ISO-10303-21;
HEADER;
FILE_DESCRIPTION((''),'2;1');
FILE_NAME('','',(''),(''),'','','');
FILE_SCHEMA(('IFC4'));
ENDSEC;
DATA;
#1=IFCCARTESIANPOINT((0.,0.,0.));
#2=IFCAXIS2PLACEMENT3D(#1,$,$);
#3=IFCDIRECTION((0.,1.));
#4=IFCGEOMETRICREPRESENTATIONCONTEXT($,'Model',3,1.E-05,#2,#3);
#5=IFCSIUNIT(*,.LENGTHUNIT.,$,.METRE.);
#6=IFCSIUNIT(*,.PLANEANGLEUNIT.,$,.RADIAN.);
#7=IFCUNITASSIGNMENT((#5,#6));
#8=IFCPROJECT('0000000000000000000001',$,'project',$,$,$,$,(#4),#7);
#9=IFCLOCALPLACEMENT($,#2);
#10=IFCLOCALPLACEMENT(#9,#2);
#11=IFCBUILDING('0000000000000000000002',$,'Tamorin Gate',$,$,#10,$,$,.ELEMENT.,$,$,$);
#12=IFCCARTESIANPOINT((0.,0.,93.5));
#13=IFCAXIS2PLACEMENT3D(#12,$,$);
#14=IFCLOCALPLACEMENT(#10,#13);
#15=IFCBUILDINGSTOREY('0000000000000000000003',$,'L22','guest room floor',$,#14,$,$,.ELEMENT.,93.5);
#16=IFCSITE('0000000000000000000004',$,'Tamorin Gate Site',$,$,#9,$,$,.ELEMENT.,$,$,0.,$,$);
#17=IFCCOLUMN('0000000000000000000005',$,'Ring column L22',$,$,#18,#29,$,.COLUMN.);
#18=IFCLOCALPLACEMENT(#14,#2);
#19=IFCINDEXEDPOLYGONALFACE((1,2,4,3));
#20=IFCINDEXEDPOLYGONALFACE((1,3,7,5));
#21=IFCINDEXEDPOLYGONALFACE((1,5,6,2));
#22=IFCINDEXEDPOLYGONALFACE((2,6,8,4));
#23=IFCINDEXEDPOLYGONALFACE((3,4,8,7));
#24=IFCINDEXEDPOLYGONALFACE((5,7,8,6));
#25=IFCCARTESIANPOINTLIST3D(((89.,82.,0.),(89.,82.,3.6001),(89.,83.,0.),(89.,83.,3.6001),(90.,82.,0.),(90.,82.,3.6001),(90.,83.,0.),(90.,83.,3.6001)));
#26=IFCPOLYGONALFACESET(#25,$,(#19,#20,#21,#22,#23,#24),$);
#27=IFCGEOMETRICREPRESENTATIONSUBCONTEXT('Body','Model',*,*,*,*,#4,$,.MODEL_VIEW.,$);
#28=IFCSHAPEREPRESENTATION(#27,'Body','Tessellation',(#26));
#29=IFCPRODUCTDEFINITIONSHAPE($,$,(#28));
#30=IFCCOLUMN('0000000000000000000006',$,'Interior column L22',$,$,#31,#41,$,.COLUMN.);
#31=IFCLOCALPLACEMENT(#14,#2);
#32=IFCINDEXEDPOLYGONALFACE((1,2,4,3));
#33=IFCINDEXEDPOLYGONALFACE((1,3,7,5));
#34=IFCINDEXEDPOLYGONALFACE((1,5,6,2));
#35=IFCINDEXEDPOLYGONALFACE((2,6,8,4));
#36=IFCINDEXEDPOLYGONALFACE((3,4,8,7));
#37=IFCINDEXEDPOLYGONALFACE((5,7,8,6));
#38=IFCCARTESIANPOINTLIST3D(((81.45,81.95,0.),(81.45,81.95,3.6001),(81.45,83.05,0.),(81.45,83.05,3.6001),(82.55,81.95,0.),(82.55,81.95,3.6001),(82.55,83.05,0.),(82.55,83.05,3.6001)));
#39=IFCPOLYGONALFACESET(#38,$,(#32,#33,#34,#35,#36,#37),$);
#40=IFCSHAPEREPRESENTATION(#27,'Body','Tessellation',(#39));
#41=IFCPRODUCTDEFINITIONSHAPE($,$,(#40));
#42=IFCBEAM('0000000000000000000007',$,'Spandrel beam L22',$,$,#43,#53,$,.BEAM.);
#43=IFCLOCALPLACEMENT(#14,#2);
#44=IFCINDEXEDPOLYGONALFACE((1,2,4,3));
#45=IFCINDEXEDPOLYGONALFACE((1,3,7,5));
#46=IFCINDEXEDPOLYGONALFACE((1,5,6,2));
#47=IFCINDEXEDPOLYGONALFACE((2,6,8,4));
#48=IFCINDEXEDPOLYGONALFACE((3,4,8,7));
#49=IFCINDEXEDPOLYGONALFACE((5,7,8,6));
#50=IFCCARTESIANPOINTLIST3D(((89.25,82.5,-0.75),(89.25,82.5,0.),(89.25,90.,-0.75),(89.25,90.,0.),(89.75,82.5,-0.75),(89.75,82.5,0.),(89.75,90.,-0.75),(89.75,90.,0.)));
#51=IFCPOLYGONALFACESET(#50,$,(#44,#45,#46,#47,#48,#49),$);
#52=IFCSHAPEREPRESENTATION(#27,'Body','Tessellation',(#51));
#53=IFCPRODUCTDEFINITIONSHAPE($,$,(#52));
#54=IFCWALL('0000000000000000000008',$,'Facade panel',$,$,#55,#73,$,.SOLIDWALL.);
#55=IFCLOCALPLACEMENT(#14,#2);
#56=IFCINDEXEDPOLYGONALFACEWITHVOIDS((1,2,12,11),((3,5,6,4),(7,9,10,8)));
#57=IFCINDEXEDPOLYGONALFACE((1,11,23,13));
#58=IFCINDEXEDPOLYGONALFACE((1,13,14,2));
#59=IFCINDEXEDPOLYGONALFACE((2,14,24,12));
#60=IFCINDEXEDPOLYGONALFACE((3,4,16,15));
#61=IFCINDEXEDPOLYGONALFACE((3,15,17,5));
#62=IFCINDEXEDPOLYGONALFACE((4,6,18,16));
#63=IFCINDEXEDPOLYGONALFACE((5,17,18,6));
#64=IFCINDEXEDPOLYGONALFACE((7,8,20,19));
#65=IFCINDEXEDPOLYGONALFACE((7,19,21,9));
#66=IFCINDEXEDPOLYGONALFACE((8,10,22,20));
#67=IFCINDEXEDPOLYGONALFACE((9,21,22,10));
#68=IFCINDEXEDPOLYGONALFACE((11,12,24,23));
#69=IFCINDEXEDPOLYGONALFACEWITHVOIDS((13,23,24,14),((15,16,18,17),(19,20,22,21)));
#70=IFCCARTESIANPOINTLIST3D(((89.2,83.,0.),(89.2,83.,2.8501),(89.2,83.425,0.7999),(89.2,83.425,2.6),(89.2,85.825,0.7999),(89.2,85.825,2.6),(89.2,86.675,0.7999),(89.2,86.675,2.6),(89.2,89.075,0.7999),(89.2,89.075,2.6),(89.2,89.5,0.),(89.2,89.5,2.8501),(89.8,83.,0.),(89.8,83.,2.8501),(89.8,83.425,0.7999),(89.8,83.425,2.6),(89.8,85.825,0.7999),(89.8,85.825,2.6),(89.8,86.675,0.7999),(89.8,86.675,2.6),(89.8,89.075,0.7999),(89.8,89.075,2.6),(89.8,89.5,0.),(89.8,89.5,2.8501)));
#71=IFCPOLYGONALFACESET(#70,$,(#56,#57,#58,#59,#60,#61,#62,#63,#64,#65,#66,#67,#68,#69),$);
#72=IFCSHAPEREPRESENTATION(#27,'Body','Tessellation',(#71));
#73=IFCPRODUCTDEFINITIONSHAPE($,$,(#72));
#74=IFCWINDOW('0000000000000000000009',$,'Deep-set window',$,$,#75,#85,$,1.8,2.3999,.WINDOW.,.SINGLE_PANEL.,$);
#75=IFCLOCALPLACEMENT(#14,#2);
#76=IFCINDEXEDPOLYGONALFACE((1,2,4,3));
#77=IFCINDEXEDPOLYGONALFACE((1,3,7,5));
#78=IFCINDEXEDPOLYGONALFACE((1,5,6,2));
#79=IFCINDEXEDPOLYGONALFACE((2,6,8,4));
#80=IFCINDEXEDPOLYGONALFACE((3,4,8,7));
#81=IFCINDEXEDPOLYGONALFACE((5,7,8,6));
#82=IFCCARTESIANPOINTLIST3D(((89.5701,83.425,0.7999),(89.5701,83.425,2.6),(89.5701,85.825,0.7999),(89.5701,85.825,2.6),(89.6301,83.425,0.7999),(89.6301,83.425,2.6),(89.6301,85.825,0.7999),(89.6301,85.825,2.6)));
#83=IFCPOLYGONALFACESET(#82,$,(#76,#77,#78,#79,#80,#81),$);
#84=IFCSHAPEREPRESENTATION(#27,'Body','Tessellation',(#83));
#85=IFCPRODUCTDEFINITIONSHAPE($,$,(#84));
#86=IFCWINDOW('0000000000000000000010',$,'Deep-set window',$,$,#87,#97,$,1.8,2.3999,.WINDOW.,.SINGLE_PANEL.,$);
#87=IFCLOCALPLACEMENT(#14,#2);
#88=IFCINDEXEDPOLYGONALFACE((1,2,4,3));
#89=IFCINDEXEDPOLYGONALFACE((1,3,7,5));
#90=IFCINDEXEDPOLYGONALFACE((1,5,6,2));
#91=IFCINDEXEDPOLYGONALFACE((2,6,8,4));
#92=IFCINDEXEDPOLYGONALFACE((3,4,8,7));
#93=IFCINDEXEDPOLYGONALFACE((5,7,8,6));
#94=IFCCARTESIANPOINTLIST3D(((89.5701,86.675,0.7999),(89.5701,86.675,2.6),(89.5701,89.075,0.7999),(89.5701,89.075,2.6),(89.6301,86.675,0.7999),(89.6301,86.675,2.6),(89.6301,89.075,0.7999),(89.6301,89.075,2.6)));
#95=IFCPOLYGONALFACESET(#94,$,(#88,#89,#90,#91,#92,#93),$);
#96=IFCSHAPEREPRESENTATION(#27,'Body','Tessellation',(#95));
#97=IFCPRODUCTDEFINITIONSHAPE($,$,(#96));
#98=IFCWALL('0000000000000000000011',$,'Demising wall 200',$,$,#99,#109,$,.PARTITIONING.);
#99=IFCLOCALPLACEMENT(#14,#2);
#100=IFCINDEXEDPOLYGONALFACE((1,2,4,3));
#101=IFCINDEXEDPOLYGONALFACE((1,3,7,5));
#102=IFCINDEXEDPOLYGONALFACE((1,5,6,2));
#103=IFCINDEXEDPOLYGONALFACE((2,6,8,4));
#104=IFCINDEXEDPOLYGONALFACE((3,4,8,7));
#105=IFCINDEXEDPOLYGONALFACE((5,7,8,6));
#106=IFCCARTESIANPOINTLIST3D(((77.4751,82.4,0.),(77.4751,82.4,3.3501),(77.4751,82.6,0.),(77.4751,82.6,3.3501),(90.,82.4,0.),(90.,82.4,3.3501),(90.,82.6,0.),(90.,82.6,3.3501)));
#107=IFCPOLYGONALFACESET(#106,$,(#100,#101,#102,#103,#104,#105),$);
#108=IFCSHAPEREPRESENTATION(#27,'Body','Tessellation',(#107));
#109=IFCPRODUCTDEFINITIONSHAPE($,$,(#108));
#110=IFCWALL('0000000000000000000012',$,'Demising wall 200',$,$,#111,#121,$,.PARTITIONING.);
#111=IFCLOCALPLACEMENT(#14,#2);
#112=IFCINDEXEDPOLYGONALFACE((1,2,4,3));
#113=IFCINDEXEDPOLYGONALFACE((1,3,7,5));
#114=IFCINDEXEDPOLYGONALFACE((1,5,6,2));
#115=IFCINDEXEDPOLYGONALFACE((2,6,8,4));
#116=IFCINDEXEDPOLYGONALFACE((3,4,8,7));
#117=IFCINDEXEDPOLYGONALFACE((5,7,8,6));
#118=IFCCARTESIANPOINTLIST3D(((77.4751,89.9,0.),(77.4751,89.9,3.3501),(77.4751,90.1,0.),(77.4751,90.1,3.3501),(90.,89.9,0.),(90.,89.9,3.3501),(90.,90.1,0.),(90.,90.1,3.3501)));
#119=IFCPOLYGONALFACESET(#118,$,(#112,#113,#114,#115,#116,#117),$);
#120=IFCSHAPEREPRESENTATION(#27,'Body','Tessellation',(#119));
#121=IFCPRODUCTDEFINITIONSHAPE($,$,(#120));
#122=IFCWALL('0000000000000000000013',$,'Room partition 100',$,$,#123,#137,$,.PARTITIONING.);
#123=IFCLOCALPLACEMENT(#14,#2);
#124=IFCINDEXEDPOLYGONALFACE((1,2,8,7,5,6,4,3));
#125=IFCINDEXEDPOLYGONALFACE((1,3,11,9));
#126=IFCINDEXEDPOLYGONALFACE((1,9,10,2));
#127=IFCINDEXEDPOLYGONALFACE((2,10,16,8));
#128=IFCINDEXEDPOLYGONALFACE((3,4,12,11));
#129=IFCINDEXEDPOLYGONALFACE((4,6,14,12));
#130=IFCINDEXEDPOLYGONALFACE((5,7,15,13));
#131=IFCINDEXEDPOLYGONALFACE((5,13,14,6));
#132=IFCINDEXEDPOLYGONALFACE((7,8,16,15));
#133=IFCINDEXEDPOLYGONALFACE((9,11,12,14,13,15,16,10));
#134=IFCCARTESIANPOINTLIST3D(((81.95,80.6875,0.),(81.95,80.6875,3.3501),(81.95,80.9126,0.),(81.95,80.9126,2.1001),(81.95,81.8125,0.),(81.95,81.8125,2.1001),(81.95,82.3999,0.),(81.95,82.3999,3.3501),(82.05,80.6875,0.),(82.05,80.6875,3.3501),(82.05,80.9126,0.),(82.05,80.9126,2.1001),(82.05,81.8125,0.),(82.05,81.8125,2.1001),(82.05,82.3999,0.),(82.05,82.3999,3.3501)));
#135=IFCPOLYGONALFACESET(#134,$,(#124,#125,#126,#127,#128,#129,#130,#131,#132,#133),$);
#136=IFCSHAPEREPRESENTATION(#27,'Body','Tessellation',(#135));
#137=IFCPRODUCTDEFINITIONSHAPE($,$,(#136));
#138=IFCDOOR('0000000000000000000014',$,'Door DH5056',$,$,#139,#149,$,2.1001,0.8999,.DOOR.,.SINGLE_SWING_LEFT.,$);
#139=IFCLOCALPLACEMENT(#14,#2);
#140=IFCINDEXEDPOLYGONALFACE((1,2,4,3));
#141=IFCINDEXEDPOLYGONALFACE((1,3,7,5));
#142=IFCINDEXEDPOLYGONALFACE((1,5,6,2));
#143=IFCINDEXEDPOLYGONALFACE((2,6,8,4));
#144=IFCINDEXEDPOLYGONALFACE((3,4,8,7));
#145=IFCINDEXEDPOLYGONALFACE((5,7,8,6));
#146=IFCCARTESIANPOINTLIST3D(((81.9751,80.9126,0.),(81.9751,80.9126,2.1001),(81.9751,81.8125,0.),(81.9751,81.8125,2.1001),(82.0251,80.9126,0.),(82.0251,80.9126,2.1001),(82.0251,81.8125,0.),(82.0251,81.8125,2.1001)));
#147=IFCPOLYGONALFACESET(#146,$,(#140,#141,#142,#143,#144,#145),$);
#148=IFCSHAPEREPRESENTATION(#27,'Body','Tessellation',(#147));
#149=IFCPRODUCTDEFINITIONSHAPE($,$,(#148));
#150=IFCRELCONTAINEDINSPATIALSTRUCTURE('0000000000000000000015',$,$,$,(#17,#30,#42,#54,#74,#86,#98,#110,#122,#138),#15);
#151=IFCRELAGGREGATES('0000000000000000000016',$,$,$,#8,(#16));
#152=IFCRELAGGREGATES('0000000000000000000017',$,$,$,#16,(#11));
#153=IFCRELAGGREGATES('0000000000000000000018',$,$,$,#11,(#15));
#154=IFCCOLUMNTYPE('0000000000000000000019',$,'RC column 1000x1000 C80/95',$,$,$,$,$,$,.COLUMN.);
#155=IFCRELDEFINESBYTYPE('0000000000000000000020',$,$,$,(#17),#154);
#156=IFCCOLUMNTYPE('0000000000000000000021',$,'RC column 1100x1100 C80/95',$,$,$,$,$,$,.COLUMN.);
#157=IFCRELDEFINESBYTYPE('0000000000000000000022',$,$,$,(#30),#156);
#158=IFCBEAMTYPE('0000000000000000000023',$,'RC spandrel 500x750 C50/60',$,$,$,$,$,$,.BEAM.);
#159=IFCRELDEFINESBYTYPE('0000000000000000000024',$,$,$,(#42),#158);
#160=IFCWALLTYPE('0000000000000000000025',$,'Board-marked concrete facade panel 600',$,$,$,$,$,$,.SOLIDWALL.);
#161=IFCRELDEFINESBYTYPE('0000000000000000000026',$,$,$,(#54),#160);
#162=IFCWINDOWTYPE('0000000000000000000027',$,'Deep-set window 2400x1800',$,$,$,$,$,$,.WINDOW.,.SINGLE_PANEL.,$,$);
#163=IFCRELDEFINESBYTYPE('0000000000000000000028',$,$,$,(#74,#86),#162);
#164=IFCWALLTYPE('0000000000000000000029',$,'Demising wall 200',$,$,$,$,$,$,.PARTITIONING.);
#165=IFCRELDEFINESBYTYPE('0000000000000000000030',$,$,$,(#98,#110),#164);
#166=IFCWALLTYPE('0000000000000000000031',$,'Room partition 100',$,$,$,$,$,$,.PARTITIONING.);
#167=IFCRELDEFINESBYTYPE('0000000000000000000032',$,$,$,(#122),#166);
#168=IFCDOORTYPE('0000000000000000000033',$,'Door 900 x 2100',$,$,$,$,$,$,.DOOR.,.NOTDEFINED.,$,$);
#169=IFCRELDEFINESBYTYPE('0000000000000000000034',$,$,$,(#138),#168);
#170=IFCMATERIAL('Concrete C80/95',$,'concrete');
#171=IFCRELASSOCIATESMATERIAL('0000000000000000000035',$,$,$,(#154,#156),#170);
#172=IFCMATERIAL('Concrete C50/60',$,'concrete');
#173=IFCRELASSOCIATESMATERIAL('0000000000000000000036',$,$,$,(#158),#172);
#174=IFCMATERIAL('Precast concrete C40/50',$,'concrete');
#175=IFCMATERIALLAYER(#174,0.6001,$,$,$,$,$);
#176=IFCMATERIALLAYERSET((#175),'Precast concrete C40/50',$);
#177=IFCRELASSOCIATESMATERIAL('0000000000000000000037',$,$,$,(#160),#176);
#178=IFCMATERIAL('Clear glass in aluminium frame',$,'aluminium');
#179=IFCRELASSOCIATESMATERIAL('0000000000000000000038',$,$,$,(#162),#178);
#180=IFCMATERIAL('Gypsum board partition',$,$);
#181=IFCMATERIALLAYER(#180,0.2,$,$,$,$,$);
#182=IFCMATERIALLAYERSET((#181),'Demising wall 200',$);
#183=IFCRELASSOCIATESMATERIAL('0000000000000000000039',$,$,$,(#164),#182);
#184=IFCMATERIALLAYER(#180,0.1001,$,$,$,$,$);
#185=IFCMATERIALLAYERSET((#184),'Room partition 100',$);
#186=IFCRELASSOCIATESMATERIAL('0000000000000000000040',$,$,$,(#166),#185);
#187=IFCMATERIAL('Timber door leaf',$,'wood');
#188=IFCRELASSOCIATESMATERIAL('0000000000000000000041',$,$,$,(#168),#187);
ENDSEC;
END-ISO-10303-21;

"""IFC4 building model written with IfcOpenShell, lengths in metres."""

from ifc_helpers import new_model, si_unit, direction, frame, frame_2d, origin, origin_2d, place, context, subcontext, project, spatial, rectangle, extrude, material, layer, layer_set, material_profile, profile_set, type_object, element, fill, save


model = new_model("IFC4")

# Units and contexts
model_context = context("Model", 3, precision=1e-05, world=origin(), true_north=direction((0.0, 1.0)))
body_context = subcontext(model_context, "Body", "Model", "MODEL_VIEW")
ifc_project = project(units=[si_unit("LENGTHUNIT", "METRE"), si_unit("PLANEANGLEUNIT", "RADIAN")], contexts=[model_context])

# Site, building, storey
site_placement = place(None, origin())
site = spatial("IfcSite", under=ifc_project, at=site_placement, Name="Tamorin Gate Site", CompositionType="ELEMENT", RefElevation=0.0)
building_placement = place(site_placement, origin())
building = spatial("IfcBuilding", under=site, at=building_placement, Name="Tamorin Gate", CompositionType="ELEMENT")
storey_placement = place(building_placement, frame((0.0, 0.0, 93.5)))
storey = spatial("IfcBuildingStorey", under=building, at=storey_placement, Name="L22", Description="guest room floor", CompositionType="ELEMENT", Elevation=93.5)

# Columns
ifc_material_1 = material(Name="Concrete C80/95", Category="concrete")
ifc_material_profile_1 = material_profile(ifc_material_1, rectangle(XDim=1.0, YDim=1.0, at=origin_2d()), Name="RC 1000x1000")
ifc_profile_set_1 = profile_set([ifc_material_profile_1], Name="Concrete C80/95")
column_type_1 = type_object("IfcColumnType", Name="RC column 1000x1000 C80/95", PredefinedType="COLUMN", material=ifc_profile_set_1)
column_1_placement = place(storey_placement, frame((89.5, 82.5, 0.0), z_axis=(0.0, 0.0, 1.0), x_axis=(1.0, 0.0, 0.0)))
element("IfcColumn", 1, at=column_1_placement, inside=storey, type_object=column_type_1, Name="Ring column L22", PredefinedType="COLUMN", context=body_context, shape_type="SweptSolid", body=[
    extrude(rectangle(XDim=1.0, YDim=1.0, at=origin_2d()), origin(), (0.0, 0.0, 1.0), 3.6001),
])
ifc_material_profile_2 = material_profile(ifc_material_1, rectangle(XDim=1.1001, YDim=1.1001, at=origin_2d()), Name="RC 1100x1100")
ifc_profile_set_2 = profile_set([ifc_material_profile_2], Name="Concrete C80/95")
column_type_2 = type_object("IfcColumnType", Name="RC column 1100x1100 C80/95", PredefinedType="COLUMN", material=ifc_profile_set_2)
column_2_placement = place(storey_placement, frame((82.0, 82.5, 0.0), z_axis=(0.0, 0.0, 1.0), x_axis=(1.0, 0.0, 0.0)))
element("IfcColumn", 2, at=column_2_placement, inside=storey, type_object=column_type_2, Name="Interior column L22", PredefinedType="COLUMN", context=body_context, shape_type="SweptSolid", body=[
    extrude(rectangle(XDim=1.1001, YDim=1.1001, at=origin_2d()), origin(), (0.0, 0.0, 1.0), 3.6001),
])

# Beam
ifc_material_2 = material(Name="Concrete C50/60", Category="concrete")
ifc_material_profile_3 = material_profile(ifc_material_2, rectangle(XDim=0.5, YDim=0.75, at=origin_2d()), Name="RC 500x750")
ifc_profile_set_3 = profile_set([ifc_material_profile_3], Name="Concrete C50/60")
beam_type = type_object("IfcBeamType", Name="RC spandrel 500x750 C50/60", PredefinedType="BEAM", material=ifc_profile_set_3)
beam_placement = place(storey_placement, frame((89.5, 82.5, -0.375), z_axis=(0.0, 1.0, 0.0), x_axis=(-1.0, 0.0, 0.0)))
element("IfcBeam", 3, at=beam_placement, inside=storey, type_object=beam_type, Name="Spandrel beam L22", PredefinedType="BEAM", context=body_context, shape_type="SweptSolid", body=[
    extrude(rectangle(XDim=0.5, YDim=0.75, at=origin_2d()), origin(), (0.0, 0.0, 1.0), 7.5),
])

# Wall, openings, windows
ifc_material_3 = material(Name="Precast concrete C40/50", Category="concrete")
ifc_layer_1 = layer(ifc_material_3, 0.6001)
ifc_layer_set_1 = layer_set([ifc_layer_1], Name="Precast concrete C40/50")
wall_type_1 = type_object("IfcWallType", Name="Board-marked concrete facade panel 600", PredefinedType="SOLIDWALL", material=ifc_layer_set_1)
wall_1_placement = place(storey_placement, frame((89.5, 83.0, 0.0), z_axis=(0.0, 0.0, 1.0), x_axis=(0.0, 1.0, 0.0)))
wall_1 = element("IfcWall", 4, at=wall_1_placement, inside=storey, type_object=wall_type_1, Name="Facade panel", PredefinedType="SOLIDWALL", context=body_context, shape_type="SweptSolid", body=[
    extrude(rectangle(XDim=6.5, YDim=0.6001, at=frame_2d((3.25, 0.0))), origin(), (0.0, 0.0, 1.0), 2.8501),
])
opening_1_placement = place(wall_1_placement, frame((0.425, 0.0, 0.8)))
opening_1 = element("IfcOpeningElement", 5, at=opening_1_placement, cuts=wall_1, PredefinedType="OPENING", context=body_context, shape_type="SweptSolid", body=[
    extrude(rectangle(XDim=2.3999, YDim=1.8, at=frame_2d((1.2, 0.8999))), frame((0.0, 0.3101, 0.0), z_axis=(0.0, -1.0, 0.0), x_axis=(1.0, 0.0, 0.0)), (0.0, 0.0, 1.0), 0.6201),
])
opening_2_placement = place(wall_1_placement, frame((3.675, 0.0, 0.8)))
opening_2 = element("IfcOpeningElement", 6, at=opening_2_placement, cuts=wall_1, PredefinedType="OPENING", context=body_context, shape_type="SweptSolid", body=[
    extrude(rectangle(XDim=2.3999, YDim=1.8, at=frame_2d((1.2, 0.8999))), frame((0.0, 0.3101, 0.0), z_axis=(0.0, -1.0, 0.0), x_axis=(1.0, 0.0, 0.0)), (0.0, 0.0, 1.0), 0.6201),
])
ifc_material_4 = material(Name="Clear glass in aluminium frame", Category="aluminium")
window_type = type_object("IfcWindowType", Name="Deep-set window 2400x1800", PartitioningType="SINGLE_PANEL", PredefinedType="WINDOW", material=ifc_material_4)
window_1_placement = place(opening_1_placement, origin())
window_1 = element("IfcWindow", 7, at=window_1_placement, inside=storey, type_object=window_type, Name="Deep-set window", OverallHeight=1.8, OverallWidth=2.3999, PartitioningType="SINGLE_PANEL", PredefinedType="WINDOW", context=body_context, shape_type="SweptSolid", body=[
    extrude(rectangle(XDim=2.3999, YDim=1.8, at=frame_2d((1.2, 0.8999))), frame((0.0, -0.0701, 0.0), z_axis=(0.0, -1.0, 0.0), x_axis=(1.0, 0.0, 0.0)), (0.0, 0.0, 1.0), 0.0601),
])
fill(opening_1, window_1)
window_2_placement = place(opening_2_placement, origin())
window_2 = element("IfcWindow", 8, at=window_2_placement, inside=storey, type_object=window_type, Name="Deep-set window", OverallHeight=1.8, OverallWidth=2.3999, PartitioningType="SINGLE_PANEL", PredefinedType="WINDOW", context=body_context, shape_type="SweptSolid", body=[
    extrude(rectangle(XDim=2.3999, YDim=1.8, at=frame_2d((1.2, 0.8999))), frame((0.0, -0.0701, 0.0), z_axis=(0.0, -1.0, 0.0), x_axis=(1.0, 0.0, 0.0)), (0.0, 0.0, 1.0), 0.0601),
])
fill(opening_2, window_2)

# Walls
ifc_material_5 = material(Name="Gypsum board partition")
ifc_layer_2 = layer(ifc_material_5, 0.2)
ifc_layer_set_2 = layer_set([ifc_layer_2], Name="Demising wall 200")
wall_type_2 = type_object("IfcWallType", Name="Demising wall 200", PredefinedType="PARTITIONING", material=ifc_layer_set_2)
for number, where, z_axis, x_axis, name in (
    (9, (77.4751, 82.5, 0.0), (0.0, 0.0, 1.0), (1.0, 0.0, 0.0), "Demising wall 200"),
    (10, (77.4751, 90.0, 0.0), (0.0, 0.0, 1.0), (1.0, 0.0, 0.0), "Demising wall 200"),
):
    element("IfcWall", number, at=place(storey_placement, frame(where, z_axis=z_axis, x_axis=x_axis)), inside=storey, type_object=wall_type_2, Name=name, PredefinedType="PARTITIONING", context=body_context, shape_type="SweptSolid", body=[
        extrude(rectangle(XDim=12.5249, YDim=0.2, at=frame_2d((6.2625, 0.0))), origin(), (0.0, 0.0, 1.0), 3.3501),
    ])

# Wall, opening, door
ifc_layer_3 = layer(ifc_material_5, 0.1001)
ifc_layer_set_3 = layer_set([ifc_layer_3], Name="Room partition 100")
wall_type_3 = type_object("IfcWallType", Name="Room partition 100", PredefinedType="PARTITIONING", material=ifc_layer_set_3)
wall_2_placement = place(storey_placement, frame((82.0, 80.6875, 0.0), z_axis=(0.0, 0.0, 1.0), x_axis=(0.0, 1.0, 0.0)))
wall_2 = element("IfcWall", 11, at=wall_2_placement, inside=storey, type_object=wall_type_3, Name="Room partition 100", PredefinedType="PARTITIONING", context=body_context, shape_type="SweptSolid", body=[
    extrude(rectangle(XDim=1.7124, YDim=0.1001, at=frame_2d((0.8562, 0.0))), origin(), (0.0, 0.0, 1.0), 3.3501),
])
opening_3_placement = place(wall_2_placement, frame((0.2251, 0.0, 0.0)))
opening_3 = element("IfcOpeningElement", 12, at=opening_3_placement, cuts=wall_2, PredefinedType="OPENING", context=body_context, shape_type="SweptSolid", body=[
    extrude(rectangle(XDim=0.8999, YDim=2.1001, at=frame_2d((0.45, 1.05))), frame((0.0, 0.0601, 0.0), z_axis=(0.0, -1.0, 0.0), x_axis=(1.0, 0.0, 0.0)), (0.0, 0.0, 1.0), 0.1201),
])
ifc_material_6 = material(Name="Timber door leaf", Category="wood")
door_type_1 = type_object("IfcDoorType", Name="Door 900 x 2100", OperationType="NOTDEFINED", PredefinedType="DOOR", material=ifc_material_6)
door_1_placement = place(opening_3_placement, origin())
door_1 = element("IfcDoor", 13, at=door_1_placement, inside=storey, type_object=door_type_1, Name="Door DH5056", OperationType="SINGLE_SWING_LEFT", OverallHeight=2.1001, OverallWidth=0.8999, PredefinedType="DOOR", context=body_context, shape_type="SweptSolid", body=[
    extrude(rectangle(XDim=0.8999, YDim=2.1001, at=frame_2d((0.45, 1.05))), frame((0.0, 0.0249, 0.0), z_axis=(0.0, -1.0, 0.0), x_axis=(1.0, 0.0, 0.0)), (0.0, 0.0, 1.0), 0.05),
])
fill(opening_3, door_1)

save(model, "model.ifc")
